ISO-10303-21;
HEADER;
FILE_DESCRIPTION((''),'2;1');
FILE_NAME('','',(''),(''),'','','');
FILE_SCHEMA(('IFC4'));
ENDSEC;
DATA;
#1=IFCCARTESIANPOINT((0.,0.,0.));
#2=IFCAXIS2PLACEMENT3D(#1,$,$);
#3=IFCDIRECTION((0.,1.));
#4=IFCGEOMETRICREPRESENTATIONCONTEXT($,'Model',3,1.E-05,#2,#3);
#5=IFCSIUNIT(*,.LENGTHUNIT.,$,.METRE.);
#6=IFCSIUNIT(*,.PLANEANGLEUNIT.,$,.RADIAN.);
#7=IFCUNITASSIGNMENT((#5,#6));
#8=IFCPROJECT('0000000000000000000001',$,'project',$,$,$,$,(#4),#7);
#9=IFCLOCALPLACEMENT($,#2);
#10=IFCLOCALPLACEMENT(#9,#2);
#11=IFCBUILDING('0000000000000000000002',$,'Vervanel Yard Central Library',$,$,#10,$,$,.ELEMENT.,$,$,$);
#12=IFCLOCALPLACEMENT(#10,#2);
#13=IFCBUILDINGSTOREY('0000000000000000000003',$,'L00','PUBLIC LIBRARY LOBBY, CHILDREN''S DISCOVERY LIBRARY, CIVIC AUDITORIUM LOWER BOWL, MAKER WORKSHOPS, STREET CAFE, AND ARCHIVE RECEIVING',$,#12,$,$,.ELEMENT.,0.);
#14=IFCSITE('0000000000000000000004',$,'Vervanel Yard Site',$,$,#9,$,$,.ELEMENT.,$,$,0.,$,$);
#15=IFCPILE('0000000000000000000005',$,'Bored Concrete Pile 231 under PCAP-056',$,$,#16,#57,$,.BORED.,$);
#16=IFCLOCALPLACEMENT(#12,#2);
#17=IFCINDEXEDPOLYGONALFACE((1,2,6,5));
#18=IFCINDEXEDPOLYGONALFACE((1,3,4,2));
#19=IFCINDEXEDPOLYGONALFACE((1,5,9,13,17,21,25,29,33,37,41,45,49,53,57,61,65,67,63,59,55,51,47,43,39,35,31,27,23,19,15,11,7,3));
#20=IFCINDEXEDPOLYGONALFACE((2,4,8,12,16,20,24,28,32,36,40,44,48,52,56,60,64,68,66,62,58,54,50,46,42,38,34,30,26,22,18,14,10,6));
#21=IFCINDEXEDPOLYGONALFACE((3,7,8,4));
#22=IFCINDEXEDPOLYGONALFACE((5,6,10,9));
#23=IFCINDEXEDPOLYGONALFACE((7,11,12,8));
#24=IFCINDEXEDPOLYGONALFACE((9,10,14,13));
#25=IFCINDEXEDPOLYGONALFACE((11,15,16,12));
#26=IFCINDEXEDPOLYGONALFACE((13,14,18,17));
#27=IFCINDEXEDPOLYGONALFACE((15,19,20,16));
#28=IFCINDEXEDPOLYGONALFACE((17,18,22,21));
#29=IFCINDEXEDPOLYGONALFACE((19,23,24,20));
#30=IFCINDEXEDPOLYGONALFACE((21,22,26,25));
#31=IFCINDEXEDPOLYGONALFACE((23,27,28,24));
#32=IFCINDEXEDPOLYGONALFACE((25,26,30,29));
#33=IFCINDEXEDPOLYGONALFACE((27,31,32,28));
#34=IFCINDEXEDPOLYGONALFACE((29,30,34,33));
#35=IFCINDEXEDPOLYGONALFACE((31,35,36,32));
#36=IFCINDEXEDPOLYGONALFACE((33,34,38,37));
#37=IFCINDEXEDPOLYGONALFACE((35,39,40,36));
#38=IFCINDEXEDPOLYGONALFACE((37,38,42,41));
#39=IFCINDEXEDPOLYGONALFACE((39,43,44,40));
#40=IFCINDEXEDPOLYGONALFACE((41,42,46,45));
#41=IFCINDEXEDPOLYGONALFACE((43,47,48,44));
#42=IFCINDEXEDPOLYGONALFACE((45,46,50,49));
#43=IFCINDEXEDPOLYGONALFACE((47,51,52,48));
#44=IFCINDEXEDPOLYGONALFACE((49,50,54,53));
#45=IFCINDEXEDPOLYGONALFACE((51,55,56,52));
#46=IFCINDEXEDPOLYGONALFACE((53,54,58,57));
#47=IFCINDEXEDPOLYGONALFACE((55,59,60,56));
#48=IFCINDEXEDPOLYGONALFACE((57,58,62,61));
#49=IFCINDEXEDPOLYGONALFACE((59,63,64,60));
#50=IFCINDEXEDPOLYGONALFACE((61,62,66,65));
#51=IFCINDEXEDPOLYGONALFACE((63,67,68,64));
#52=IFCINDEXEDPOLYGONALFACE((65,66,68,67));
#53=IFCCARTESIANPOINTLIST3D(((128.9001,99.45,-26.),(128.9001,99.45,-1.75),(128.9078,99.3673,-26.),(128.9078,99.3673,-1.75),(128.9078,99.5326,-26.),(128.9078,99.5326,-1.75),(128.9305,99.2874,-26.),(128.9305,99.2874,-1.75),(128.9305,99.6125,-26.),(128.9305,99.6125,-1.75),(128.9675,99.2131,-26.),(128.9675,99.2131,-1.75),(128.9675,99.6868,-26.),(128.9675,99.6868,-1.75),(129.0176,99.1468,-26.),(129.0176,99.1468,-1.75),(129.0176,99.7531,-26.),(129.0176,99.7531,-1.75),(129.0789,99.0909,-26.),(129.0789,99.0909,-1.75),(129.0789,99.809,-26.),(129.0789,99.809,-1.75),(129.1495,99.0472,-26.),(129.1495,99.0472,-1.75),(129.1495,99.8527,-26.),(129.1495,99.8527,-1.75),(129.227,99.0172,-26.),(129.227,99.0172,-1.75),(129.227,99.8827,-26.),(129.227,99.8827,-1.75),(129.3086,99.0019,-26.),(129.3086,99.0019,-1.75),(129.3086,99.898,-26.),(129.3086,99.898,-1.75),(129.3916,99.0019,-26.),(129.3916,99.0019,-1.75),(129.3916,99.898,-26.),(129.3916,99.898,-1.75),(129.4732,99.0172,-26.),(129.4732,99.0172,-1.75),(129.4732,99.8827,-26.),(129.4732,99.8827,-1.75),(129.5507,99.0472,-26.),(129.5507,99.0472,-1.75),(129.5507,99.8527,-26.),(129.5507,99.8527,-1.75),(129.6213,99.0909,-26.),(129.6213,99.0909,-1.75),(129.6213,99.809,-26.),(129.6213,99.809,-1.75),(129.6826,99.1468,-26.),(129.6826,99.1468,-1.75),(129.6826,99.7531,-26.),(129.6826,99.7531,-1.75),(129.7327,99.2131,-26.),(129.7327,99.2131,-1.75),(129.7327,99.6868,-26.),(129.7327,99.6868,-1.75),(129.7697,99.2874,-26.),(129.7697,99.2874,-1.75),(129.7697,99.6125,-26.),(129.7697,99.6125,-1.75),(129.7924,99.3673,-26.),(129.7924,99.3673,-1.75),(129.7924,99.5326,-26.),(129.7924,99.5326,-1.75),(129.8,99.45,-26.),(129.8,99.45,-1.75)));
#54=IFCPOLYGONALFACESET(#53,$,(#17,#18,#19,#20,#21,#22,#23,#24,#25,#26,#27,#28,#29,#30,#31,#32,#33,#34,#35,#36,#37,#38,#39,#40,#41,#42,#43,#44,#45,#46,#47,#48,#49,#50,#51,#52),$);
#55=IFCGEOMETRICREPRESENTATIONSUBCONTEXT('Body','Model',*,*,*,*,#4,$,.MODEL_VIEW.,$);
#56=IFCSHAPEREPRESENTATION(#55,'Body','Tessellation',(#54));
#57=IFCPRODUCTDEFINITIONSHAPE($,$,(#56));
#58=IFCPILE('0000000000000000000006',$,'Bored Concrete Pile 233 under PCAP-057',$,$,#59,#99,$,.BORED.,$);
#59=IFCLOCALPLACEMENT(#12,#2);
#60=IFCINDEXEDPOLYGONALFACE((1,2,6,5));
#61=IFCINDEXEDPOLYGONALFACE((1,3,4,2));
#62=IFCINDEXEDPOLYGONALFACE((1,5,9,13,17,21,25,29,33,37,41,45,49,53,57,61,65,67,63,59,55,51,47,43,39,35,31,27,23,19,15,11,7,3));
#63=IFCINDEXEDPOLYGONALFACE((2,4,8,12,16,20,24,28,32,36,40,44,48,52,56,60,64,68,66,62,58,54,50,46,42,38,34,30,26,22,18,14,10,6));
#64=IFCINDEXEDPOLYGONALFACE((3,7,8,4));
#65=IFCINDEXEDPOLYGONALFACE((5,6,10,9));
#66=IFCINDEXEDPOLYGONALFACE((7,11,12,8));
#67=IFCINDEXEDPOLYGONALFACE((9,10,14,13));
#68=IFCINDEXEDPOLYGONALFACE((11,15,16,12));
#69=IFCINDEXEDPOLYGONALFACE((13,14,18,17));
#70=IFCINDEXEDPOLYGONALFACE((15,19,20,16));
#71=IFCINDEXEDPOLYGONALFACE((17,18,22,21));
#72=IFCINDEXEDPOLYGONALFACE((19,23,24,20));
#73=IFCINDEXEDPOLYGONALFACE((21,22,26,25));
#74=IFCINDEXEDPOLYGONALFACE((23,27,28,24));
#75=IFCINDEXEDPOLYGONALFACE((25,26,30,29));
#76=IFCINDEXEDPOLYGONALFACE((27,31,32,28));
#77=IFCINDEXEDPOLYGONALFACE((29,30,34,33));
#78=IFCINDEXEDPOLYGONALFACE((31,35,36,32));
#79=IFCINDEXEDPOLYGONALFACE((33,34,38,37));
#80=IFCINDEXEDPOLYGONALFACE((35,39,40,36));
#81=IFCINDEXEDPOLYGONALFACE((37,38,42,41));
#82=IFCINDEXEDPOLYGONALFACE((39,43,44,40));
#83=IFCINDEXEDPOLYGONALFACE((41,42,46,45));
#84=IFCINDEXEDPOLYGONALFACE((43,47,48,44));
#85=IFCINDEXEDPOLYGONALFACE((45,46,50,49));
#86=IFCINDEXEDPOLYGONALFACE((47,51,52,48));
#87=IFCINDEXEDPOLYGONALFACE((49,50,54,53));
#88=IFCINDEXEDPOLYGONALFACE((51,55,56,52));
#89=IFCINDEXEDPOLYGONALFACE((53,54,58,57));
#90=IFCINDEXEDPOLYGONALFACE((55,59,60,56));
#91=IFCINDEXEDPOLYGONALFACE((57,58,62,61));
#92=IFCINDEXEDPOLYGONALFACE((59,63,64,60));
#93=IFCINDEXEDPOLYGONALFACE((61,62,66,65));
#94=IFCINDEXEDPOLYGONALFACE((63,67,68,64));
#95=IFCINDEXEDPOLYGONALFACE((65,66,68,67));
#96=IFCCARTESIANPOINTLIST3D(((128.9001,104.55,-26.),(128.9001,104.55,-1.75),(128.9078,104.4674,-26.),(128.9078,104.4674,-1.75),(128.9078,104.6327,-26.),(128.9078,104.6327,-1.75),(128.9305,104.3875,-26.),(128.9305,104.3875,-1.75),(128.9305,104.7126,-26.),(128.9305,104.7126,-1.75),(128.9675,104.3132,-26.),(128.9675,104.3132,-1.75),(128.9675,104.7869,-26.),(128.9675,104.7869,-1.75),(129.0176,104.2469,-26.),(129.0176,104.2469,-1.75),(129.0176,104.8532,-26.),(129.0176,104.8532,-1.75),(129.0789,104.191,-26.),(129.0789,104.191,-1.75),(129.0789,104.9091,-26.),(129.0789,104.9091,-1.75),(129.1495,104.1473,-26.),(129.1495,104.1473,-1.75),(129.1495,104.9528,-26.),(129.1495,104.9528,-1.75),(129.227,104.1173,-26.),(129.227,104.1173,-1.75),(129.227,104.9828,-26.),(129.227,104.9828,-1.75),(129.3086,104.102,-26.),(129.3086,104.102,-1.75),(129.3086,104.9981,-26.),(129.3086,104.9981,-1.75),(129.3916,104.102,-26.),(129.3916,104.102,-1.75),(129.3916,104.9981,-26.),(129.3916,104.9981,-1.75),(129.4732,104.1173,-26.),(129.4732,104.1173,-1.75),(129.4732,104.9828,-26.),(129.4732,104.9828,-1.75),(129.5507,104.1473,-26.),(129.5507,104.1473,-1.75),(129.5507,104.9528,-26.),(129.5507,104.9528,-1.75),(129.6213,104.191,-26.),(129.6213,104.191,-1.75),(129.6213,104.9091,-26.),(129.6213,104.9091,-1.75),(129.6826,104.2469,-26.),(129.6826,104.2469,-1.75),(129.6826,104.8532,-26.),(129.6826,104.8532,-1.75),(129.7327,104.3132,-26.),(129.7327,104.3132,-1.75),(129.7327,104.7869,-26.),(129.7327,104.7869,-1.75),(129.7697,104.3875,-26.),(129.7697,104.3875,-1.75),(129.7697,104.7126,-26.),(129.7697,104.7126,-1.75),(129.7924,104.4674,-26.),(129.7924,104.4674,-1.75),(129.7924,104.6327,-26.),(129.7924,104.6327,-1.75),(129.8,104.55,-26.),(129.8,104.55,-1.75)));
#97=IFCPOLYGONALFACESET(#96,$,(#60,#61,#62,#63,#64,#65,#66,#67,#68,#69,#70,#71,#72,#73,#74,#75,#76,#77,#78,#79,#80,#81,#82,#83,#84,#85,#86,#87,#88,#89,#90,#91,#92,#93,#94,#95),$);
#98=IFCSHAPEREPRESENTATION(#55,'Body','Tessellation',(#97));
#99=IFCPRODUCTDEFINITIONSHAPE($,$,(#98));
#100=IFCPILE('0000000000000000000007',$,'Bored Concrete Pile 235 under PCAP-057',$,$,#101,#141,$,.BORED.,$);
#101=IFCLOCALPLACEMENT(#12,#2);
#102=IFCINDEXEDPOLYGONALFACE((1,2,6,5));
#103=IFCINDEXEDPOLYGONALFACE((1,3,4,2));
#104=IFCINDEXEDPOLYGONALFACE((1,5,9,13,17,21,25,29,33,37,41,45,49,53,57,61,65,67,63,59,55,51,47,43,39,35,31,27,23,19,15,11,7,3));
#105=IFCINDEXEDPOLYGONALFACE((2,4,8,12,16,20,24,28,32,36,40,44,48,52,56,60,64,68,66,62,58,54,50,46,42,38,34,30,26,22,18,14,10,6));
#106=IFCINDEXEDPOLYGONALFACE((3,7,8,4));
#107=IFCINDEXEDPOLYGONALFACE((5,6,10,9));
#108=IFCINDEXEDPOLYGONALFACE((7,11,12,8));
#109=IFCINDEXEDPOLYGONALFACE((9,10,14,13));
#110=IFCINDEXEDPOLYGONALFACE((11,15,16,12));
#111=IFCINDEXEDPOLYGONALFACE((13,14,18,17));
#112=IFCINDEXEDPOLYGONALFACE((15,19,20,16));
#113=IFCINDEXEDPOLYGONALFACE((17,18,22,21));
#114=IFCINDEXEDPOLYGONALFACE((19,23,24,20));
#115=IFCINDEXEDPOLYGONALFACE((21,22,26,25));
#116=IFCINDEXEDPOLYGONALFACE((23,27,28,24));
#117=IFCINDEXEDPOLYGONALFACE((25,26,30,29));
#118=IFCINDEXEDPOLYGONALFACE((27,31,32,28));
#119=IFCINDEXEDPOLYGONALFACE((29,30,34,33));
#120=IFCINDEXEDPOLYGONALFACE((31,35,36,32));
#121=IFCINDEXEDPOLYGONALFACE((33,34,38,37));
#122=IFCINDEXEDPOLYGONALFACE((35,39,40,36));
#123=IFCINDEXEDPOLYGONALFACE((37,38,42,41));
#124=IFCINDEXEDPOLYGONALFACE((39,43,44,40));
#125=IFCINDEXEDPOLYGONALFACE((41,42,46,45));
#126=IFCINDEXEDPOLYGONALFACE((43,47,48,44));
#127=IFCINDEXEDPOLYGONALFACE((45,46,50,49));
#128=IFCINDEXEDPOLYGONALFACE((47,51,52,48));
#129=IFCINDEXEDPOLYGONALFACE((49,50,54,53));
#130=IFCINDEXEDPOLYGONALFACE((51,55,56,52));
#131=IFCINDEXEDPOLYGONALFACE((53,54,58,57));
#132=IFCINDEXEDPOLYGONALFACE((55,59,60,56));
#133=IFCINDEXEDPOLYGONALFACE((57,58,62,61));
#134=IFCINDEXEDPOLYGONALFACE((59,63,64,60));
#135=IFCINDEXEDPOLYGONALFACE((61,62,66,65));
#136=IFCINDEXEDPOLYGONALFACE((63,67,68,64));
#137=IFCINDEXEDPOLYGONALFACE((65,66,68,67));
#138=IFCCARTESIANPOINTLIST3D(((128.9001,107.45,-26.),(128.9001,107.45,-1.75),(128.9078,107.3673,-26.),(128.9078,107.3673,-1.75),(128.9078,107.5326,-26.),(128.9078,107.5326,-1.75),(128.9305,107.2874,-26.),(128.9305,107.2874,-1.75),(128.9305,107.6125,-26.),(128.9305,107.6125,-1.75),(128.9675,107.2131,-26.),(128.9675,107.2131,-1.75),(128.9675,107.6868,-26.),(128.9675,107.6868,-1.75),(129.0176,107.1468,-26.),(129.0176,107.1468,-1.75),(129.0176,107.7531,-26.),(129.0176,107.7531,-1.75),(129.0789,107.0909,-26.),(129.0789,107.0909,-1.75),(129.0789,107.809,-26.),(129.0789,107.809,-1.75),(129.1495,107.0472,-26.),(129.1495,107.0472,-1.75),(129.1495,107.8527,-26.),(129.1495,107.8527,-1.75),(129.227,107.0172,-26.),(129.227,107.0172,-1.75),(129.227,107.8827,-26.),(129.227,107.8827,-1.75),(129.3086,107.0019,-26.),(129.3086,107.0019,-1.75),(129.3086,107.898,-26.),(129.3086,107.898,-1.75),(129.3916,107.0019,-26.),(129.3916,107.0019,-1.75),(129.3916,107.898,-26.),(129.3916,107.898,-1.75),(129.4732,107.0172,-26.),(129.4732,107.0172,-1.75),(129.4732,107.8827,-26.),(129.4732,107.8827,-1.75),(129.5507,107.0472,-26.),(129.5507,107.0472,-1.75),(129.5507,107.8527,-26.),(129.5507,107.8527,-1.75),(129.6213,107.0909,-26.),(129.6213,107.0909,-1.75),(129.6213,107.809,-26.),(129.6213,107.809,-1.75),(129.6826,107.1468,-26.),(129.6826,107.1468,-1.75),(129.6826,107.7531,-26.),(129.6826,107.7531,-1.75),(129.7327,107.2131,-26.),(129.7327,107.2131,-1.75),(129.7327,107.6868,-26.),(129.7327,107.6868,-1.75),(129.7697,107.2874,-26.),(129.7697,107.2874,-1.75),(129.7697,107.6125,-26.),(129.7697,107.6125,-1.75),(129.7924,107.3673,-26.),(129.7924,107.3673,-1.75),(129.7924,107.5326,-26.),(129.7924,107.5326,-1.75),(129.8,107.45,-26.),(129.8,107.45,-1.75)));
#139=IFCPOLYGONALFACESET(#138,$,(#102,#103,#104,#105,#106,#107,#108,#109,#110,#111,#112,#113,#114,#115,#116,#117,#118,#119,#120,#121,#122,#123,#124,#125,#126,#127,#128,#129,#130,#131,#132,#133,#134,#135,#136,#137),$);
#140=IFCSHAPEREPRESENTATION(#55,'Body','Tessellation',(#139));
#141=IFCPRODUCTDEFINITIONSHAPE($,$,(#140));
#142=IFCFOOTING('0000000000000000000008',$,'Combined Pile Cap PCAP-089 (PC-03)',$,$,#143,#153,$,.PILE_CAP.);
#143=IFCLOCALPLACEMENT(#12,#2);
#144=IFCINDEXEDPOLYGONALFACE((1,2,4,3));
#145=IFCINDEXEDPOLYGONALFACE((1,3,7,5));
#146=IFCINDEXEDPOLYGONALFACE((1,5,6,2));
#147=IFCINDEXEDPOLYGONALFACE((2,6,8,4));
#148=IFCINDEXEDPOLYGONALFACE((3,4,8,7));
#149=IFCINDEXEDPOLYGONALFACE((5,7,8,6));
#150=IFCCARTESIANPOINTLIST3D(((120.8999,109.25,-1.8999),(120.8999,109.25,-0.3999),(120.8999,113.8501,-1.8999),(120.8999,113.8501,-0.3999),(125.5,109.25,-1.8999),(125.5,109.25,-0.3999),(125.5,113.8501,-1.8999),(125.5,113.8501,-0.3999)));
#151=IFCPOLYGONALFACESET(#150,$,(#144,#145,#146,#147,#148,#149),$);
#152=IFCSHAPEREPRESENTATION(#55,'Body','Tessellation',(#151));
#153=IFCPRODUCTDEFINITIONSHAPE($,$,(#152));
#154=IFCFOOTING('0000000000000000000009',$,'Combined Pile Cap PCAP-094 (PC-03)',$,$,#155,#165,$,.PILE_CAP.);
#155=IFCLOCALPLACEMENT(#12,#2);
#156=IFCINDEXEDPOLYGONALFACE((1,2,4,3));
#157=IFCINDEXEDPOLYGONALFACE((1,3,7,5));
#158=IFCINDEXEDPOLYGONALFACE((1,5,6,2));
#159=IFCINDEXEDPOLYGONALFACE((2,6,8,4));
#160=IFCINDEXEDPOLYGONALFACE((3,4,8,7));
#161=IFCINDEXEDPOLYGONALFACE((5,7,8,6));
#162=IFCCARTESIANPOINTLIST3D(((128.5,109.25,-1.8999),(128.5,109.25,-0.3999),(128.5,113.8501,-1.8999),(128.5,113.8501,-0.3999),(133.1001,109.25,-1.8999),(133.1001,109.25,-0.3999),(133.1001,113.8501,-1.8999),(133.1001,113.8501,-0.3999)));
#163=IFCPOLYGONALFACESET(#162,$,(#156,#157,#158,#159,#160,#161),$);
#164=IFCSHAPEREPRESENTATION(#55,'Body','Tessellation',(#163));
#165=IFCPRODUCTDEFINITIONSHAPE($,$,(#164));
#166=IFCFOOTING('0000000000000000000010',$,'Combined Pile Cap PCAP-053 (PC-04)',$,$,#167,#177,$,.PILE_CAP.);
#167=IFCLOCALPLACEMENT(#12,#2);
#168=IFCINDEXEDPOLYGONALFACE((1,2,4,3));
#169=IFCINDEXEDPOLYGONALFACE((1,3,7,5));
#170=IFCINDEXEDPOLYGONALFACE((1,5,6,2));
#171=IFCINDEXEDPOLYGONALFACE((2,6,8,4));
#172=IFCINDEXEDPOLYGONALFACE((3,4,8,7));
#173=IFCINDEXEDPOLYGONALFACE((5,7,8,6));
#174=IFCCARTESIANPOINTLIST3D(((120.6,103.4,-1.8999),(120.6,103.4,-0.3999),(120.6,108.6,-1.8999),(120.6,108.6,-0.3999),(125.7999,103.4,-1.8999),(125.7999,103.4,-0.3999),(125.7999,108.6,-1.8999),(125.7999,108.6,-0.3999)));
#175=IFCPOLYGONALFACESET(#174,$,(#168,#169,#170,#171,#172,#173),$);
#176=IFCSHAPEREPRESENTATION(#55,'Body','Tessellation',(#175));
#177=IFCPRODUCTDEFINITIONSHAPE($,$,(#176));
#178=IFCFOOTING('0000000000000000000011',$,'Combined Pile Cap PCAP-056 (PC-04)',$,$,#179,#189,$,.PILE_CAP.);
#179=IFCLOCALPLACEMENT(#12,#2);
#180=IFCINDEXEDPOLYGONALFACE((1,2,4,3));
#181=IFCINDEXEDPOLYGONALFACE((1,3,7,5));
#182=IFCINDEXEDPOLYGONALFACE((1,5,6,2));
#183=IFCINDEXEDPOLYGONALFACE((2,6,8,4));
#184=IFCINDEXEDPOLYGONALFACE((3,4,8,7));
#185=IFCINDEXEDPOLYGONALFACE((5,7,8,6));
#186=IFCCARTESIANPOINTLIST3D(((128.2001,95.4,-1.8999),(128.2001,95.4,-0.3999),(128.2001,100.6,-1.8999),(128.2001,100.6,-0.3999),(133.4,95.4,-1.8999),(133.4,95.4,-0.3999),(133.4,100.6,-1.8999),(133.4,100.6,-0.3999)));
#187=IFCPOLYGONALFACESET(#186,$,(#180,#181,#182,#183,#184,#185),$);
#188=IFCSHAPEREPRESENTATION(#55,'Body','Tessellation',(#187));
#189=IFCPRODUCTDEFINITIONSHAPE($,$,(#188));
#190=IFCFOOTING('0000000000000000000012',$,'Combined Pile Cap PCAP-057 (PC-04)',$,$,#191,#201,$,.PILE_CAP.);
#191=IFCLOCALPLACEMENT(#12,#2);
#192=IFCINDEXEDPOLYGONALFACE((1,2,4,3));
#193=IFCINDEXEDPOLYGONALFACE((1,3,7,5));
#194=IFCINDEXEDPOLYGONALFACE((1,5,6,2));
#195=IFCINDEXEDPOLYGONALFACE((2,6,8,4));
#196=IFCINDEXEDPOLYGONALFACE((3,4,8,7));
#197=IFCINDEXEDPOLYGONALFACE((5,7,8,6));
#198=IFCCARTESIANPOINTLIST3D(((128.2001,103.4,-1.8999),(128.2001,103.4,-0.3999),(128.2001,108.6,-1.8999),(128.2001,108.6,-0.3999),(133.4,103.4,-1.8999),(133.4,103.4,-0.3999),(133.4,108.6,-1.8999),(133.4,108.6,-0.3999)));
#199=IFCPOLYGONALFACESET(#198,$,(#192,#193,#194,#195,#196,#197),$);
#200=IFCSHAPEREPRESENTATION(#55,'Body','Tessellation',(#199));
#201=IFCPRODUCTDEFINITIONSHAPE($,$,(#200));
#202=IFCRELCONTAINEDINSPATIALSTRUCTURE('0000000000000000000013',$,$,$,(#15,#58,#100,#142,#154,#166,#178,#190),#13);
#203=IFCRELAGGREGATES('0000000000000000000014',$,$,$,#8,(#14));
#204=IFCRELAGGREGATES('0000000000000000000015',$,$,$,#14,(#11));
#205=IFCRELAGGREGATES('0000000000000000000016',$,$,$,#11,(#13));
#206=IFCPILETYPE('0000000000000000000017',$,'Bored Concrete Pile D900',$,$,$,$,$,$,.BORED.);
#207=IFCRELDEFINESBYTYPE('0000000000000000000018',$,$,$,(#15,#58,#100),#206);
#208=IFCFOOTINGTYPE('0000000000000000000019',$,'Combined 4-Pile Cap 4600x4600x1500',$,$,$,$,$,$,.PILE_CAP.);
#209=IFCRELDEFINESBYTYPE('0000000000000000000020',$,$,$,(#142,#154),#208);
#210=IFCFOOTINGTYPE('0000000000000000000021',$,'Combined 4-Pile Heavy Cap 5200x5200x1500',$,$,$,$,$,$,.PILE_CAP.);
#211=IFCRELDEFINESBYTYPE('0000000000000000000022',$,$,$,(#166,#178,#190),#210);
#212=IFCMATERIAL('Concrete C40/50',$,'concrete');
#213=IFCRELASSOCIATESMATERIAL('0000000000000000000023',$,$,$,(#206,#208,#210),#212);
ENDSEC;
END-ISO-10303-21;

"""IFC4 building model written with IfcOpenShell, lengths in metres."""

from ifc_helpers import new_model, si_unit, direction, frame, origin, origin_2d, place, context, subcontext, project, spatial, rectangle, circle, extrude, material, material_profile, profile_set, type_object, element, save


model = new_model("IFC4")

# Units and contexts
model_context = context("Model", 3, precision=1e-05, world=origin(), true_north=direction((0.0, 1.0)))
body_context = subcontext(model_context, "Body", "Model", "MODEL_VIEW")
ifc_project = project(units=[si_unit("LENGTHUNIT", "METRE"), si_unit("PLANEANGLEUNIT", "RADIAN")], contexts=[model_context])

# Site, building, storey
site_placement = place(None, origin())
site = spatial("IfcSite", under=ifc_project, at=site_placement, Name="Vervanel Yard Site", CompositionType="ELEMENT", RefElevation=0.0)
building_placement = place(site_placement, origin())
building = spatial("IfcBuilding", under=site, at=building_placement, Name="Vervanel Yard Central Library", CompositionType="ELEMENT")
storey_placement = place(building_placement, origin())
storey = spatial("IfcBuildingStorey", under=building, at=storey_placement, Name="L00", Description="PUBLIC LIBRARY LOBBY, CHILDREN'S DISCOVERY LIBRARY, CIVIC AUDITORIUM LOWER BOWL, MAKER WORKSHOPS, STREET CAFE, AND ARCHIVE RECEIVING", CompositionType="ELEMENT", Elevation=0.0)

# Piles
ifc_material_1 = material(Name="Concrete C40/50", Category="concrete")
ifc_material_profile_1 = material_profile(ifc_material_1, circle(Radius=0.45, at=origin_2d()), Name="BP D900", Category="concrete")
ifc_profile_set_1 = profile_set([ifc_material_profile_1], Name="Concrete C40/50")
pile_type_1 = type_object("IfcPileType", Name="Bored Concrete Pile D900", PredefinedType="BORED", material=ifc_profile_set_1)
for number, where, z_axis, x_axis, name in (
    (1, (129.3501, 99.45, -1.75), (0.0, 0.0, -1.0), (1.0, 0.0, 0.0), "Bored Concrete Pile 231 under PCAP-056"),
    (2, (129.3501, 104.55, -1.75), (0.0, 0.0, -1.0), (1.0, 0.0, 0.0), "Bored Concrete Pile 233 under PCAP-057"),
    (3, (129.3501, 107.45, -1.75), (0.0, 0.0, -1.0), (1.0, 0.0, 0.0), "Bored Concrete Pile 235 under PCAP-057"),
):
    element("IfcPile", number, at=place(storey_placement, frame(where, z_axis=z_axis, x_axis=x_axis)), inside=storey, type_object=pile_type_1, Name=name, PredefinedType="BORED", context=body_context, shape_type="SweptSolid", body=[
        extrude(circle(Radius=0.45, at=origin_2d()), origin(), (0.0, 0.0, 1.0), 24.25),
    ])

# Footings
footing_type_1 = type_object("IfcFootingType", Name="Combined 4-Pile Cap 4600x4600x1500", PredefinedType="PILE_CAP", material=ifc_material_1)
for number, where, z_axis, x_axis, name in (
    (4, (123.2, 111.55, -1.8999), (0.0, 0.0, 1.0), (1.0, 0.0, 0.0), "Combined Pile Cap PCAP-089 (PC-03)"),
    (5, (130.8, 111.55, -1.8999), (0.0, 0.0, 1.0), (1.0, 0.0, 0.0), "Combined Pile Cap PCAP-094 (PC-03)"),
):
    element("IfcFooting", number, at=place(storey_placement, frame(where, z_axis=z_axis, x_axis=x_axis)), inside=storey, type_object=footing_type_1, Name=name, PredefinedType="PILE_CAP", context=body_context, shape_type="SweptSolid", body=[
        extrude(rectangle(XDim=4.6001, YDim=4.6001, at=origin_2d()), origin(), (0.0, 0.0, 1.0), 1.5),
    ])
footing_type_2 = type_object("IfcFootingType", Name="Combined 4-Pile Heavy Cap 5200x5200x1500", PredefinedType="PILE_CAP", material=ifc_material_1)
for number, where, z_axis, x_axis, name in (
    (6, (123.2, 106.0, -1.8999), (0.0, 0.0, 1.0), (1.0, 0.0, 0.0), "Combined Pile Cap PCAP-053 (PC-04)"),
    (7, (130.8, 98.0, -1.8999), (0.0, 0.0, 1.0), (1.0, 0.0, 0.0), "Combined Pile Cap PCAP-056 (PC-04)"),
    (8, (130.8, 106.0, -1.8999), (0.0, 0.0, 1.0), (1.0, 0.0, 0.0), "Combined Pile Cap PCAP-057 (PC-04)"),
):
    element("IfcFooting", number, at=place(storey_placement, frame(where, z_axis=z_axis, x_axis=x_axis)), inside=storey, type_object=footing_type_2, Name=name, PredefinedType="PILE_CAP", context=body_context, shape_type="SweptSolid", body=[
        extrude(rectangle(XDim=5.2, YDim=5.2, at=origin_2d()), origin(), (0.0, 0.0, 1.0), 1.5),
    ])

save(model, "model.ifc")
